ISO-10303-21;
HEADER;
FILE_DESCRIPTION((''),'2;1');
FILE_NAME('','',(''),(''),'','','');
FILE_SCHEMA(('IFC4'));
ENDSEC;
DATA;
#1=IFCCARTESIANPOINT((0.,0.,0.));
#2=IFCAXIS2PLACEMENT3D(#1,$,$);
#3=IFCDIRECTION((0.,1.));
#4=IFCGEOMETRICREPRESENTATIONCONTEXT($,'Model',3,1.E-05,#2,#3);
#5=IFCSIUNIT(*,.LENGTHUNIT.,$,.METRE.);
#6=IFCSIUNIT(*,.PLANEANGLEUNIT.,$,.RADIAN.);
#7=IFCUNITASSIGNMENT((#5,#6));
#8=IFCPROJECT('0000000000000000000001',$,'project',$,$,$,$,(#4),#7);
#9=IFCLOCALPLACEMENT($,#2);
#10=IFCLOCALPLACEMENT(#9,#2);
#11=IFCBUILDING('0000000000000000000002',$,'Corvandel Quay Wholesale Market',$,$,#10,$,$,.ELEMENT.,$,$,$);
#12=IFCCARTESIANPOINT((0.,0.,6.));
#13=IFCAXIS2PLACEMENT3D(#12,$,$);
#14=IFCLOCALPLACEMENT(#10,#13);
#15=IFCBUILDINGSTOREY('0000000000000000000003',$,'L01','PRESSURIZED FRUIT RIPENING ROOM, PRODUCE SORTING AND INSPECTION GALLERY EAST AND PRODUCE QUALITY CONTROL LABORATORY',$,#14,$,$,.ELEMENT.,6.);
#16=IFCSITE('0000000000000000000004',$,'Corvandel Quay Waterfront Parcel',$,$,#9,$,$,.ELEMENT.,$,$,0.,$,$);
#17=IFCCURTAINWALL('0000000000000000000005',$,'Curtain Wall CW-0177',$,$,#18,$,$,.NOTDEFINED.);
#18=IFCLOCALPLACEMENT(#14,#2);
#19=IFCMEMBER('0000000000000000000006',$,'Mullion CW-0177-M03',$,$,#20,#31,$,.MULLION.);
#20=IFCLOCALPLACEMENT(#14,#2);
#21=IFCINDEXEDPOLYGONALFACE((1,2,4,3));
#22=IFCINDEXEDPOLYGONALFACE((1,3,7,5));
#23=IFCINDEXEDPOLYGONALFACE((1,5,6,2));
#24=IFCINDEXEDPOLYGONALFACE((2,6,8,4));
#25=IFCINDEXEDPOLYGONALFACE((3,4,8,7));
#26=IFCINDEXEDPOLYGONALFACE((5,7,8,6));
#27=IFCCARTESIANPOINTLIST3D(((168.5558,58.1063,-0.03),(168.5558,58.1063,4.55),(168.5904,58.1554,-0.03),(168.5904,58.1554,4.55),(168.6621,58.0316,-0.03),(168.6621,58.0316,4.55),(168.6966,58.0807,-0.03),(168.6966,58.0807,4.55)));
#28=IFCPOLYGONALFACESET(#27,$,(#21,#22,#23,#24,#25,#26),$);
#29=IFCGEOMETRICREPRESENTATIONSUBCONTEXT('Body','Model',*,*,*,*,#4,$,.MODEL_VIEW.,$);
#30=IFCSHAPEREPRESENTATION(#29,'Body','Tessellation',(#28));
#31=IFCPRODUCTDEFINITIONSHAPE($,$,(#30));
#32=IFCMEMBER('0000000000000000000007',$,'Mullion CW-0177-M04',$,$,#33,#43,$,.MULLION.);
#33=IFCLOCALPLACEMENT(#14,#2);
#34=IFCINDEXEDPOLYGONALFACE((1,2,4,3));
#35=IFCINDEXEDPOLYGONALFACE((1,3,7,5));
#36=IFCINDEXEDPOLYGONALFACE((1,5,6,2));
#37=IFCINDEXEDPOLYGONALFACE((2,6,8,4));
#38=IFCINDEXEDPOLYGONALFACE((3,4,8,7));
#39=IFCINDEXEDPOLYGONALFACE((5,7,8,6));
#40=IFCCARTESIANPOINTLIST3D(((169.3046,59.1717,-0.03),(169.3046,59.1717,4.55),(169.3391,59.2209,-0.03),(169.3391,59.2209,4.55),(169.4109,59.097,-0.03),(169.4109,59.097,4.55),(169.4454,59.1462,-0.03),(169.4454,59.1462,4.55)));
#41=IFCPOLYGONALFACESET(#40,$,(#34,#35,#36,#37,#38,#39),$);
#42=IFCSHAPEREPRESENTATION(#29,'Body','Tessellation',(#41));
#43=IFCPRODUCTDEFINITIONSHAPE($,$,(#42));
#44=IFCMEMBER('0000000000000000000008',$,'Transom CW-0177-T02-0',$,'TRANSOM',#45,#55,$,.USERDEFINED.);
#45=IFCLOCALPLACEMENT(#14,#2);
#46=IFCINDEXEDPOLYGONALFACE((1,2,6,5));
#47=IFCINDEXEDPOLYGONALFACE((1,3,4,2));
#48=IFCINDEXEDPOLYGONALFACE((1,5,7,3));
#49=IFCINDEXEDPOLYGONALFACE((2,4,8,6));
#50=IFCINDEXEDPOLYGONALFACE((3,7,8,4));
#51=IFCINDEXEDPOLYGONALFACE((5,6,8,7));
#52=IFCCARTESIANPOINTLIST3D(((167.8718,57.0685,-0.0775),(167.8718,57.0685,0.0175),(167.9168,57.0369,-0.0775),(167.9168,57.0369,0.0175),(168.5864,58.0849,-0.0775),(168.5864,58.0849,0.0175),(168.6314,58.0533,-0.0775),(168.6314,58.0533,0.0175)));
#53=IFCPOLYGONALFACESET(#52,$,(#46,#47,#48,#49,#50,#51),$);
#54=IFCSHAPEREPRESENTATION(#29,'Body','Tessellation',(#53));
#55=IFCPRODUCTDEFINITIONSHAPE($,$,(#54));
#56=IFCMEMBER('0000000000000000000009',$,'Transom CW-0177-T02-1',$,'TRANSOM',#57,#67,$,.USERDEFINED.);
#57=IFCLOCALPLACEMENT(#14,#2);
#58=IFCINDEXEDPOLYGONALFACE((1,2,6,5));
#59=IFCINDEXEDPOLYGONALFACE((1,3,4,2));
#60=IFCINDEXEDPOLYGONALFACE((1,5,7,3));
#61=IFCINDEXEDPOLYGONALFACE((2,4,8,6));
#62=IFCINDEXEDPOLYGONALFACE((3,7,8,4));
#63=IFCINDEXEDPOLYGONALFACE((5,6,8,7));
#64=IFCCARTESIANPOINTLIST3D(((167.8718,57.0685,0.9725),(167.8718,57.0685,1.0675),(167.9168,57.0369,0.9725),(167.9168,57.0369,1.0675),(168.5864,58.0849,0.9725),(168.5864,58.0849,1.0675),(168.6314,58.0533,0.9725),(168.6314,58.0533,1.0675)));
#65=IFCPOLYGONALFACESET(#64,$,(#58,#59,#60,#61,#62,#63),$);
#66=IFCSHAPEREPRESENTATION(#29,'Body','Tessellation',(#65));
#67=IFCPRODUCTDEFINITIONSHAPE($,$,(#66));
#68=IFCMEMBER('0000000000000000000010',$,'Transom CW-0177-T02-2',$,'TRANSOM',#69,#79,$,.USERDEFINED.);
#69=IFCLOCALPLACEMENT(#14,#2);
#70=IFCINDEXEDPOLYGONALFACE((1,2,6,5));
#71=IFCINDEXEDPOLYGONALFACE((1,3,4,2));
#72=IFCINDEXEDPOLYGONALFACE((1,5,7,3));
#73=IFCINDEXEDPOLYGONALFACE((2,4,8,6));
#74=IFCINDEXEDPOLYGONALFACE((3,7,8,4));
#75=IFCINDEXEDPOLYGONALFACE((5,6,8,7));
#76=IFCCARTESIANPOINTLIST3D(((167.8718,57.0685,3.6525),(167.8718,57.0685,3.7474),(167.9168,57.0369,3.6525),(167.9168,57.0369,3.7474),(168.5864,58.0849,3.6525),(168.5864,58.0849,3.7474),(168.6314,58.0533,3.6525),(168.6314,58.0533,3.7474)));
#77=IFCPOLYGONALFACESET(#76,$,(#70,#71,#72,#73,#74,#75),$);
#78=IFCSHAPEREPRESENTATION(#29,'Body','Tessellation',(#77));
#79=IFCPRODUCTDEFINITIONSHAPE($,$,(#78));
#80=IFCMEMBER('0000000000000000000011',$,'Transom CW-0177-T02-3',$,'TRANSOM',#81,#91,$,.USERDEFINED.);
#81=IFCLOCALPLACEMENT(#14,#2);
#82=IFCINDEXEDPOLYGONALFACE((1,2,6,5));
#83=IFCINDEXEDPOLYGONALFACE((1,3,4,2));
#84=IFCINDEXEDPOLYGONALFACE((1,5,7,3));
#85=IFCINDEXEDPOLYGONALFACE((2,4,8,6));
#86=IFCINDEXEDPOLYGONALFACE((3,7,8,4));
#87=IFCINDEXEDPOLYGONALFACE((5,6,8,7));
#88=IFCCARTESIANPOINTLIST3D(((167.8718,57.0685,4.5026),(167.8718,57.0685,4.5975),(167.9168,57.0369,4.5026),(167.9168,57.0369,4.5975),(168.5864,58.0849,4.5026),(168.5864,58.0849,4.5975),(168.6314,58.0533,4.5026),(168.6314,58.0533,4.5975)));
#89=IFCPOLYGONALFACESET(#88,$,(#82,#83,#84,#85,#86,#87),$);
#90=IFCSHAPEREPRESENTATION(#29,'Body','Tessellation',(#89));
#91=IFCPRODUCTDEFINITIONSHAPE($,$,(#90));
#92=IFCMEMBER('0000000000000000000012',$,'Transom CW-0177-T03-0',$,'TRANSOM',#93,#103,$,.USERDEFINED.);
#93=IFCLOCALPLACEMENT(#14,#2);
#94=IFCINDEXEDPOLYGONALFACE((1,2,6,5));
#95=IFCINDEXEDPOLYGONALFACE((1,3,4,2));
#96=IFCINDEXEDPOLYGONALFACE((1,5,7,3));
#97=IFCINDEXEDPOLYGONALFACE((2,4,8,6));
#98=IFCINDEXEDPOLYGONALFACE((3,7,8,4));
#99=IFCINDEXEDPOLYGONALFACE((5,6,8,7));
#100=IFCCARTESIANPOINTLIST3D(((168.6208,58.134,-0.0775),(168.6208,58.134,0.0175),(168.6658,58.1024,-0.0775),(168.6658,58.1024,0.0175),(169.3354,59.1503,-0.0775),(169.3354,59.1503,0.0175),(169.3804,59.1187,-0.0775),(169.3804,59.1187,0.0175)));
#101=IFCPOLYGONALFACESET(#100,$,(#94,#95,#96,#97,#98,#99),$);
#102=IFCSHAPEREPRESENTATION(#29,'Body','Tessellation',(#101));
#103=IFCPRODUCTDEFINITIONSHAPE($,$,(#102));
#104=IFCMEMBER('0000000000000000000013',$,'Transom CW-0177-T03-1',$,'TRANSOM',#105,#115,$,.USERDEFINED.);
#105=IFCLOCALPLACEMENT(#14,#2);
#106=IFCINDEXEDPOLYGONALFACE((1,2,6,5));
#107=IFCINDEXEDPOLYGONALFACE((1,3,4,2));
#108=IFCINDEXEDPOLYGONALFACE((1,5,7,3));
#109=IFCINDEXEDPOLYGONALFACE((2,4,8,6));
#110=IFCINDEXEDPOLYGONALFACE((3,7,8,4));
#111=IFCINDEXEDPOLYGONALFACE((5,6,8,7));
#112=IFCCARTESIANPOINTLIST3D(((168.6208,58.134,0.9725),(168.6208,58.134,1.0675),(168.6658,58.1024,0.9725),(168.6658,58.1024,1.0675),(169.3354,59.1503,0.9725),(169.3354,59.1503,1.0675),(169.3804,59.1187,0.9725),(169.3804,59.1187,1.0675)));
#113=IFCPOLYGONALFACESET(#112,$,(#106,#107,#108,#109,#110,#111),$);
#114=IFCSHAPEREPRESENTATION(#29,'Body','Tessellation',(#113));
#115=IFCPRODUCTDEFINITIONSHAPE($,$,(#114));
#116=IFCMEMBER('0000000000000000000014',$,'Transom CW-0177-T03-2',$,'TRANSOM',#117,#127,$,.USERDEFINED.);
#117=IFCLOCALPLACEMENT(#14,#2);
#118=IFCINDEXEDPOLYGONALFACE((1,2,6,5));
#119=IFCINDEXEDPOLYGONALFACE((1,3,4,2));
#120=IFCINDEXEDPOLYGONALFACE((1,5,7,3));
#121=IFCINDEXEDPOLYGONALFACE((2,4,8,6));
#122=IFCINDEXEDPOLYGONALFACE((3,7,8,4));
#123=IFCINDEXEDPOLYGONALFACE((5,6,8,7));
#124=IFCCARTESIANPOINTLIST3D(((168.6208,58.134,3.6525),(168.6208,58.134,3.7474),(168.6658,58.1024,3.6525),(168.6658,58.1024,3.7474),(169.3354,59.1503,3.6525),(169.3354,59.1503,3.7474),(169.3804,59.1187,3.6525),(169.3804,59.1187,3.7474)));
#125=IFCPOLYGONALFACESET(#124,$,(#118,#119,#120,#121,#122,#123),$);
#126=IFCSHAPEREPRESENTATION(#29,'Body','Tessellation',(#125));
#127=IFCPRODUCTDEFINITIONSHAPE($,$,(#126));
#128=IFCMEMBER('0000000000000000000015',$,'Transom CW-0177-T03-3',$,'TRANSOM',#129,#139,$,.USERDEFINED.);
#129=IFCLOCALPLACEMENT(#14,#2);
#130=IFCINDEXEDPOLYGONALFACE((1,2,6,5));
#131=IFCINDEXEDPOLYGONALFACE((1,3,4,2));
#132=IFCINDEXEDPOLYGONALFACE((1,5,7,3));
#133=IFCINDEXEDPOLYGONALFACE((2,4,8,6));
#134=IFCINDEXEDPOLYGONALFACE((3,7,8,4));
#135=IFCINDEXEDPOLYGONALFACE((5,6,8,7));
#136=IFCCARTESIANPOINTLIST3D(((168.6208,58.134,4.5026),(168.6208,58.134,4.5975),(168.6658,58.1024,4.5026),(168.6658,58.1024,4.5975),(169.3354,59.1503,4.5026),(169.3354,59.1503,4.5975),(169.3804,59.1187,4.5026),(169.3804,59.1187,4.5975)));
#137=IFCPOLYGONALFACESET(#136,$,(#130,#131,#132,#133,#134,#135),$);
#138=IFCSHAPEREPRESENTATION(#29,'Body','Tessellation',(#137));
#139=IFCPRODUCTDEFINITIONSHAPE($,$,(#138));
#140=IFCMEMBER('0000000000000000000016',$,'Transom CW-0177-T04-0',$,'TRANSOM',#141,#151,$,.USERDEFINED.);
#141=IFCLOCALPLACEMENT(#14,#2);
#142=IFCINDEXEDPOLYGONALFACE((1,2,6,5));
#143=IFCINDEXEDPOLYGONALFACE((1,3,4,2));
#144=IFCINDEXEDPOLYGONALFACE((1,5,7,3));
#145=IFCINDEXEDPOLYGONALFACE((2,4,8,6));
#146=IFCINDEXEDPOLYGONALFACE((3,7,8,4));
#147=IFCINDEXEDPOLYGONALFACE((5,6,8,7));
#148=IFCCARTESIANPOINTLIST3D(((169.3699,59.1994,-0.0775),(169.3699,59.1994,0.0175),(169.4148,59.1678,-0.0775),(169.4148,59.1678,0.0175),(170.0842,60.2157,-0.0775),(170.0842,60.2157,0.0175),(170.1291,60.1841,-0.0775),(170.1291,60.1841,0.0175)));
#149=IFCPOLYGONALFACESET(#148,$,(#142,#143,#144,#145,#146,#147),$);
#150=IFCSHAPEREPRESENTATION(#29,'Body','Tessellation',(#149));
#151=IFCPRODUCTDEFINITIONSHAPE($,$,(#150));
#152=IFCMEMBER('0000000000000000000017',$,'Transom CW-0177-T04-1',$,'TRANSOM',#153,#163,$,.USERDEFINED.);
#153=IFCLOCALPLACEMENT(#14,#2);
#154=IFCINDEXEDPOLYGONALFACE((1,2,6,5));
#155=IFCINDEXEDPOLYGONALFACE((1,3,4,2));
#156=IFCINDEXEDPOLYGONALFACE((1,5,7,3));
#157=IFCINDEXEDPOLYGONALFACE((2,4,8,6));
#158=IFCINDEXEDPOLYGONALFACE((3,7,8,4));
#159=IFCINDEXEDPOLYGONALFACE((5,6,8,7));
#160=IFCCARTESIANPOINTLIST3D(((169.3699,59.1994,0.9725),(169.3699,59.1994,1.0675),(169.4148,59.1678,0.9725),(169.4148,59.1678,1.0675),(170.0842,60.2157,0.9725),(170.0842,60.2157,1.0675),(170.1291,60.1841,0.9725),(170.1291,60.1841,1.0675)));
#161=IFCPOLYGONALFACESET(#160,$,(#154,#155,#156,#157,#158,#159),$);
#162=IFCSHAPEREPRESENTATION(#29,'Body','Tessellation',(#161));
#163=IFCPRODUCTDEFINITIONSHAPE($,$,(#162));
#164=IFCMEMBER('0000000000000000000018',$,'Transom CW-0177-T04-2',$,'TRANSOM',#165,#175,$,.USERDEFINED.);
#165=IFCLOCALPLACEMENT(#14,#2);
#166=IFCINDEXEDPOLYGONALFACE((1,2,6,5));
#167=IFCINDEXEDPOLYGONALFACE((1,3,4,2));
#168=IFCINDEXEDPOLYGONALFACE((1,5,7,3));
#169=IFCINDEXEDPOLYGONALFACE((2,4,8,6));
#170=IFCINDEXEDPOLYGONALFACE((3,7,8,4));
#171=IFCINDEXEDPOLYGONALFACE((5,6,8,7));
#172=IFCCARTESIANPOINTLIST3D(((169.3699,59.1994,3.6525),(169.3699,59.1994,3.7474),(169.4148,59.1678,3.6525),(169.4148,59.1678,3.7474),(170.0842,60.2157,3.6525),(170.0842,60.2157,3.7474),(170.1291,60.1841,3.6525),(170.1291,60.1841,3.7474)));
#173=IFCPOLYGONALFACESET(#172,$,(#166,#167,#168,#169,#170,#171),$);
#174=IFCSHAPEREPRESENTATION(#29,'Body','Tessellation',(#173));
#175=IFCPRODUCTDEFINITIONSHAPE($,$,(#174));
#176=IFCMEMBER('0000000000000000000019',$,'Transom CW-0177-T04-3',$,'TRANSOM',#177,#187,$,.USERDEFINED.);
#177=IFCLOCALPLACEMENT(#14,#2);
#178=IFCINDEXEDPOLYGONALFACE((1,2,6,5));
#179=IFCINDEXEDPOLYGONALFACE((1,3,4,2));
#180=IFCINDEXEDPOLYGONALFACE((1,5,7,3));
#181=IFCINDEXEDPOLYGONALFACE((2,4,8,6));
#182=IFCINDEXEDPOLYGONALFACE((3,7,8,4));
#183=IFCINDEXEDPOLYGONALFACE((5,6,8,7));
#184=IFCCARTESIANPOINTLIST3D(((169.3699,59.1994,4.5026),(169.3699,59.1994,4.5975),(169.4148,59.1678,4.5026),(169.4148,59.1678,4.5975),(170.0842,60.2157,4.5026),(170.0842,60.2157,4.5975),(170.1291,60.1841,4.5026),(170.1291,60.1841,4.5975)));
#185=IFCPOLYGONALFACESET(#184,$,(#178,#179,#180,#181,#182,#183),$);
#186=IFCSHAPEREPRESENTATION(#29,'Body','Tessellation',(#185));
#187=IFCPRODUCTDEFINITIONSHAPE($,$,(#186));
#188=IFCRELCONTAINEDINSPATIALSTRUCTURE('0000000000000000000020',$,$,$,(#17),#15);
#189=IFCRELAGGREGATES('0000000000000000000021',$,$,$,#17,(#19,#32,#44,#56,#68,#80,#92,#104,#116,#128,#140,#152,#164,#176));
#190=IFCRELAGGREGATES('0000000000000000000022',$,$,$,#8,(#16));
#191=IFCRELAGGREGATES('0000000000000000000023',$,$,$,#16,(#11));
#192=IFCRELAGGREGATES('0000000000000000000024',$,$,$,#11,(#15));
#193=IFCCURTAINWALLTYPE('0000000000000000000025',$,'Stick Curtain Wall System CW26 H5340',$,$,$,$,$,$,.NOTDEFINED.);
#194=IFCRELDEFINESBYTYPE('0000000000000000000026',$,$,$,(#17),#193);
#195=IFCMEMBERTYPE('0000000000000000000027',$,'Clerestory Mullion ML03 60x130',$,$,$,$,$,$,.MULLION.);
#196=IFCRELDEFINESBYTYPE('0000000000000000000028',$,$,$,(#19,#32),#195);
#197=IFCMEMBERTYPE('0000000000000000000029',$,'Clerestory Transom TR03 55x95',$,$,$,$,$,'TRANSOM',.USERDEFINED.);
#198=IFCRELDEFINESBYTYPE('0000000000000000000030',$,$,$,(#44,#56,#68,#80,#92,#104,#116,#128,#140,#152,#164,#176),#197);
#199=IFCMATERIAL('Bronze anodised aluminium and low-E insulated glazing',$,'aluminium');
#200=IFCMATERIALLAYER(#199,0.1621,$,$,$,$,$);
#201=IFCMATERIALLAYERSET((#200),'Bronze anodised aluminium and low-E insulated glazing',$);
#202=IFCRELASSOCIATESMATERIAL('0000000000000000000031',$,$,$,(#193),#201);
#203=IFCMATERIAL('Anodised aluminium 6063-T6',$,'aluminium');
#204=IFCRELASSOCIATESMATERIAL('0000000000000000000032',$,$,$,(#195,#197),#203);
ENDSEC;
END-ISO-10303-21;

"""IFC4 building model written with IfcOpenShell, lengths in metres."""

from ifc_helpers import new_model, si_unit, direction, frame, origin, origin_2d, place, context, subcontext, project, spatial, rectangle, extrude, material, layer, layer_set, material_profile, profile_set, type_object, element, aggregate, save


model = new_model("IFC4")

# Units and contexts
model_context = context("Model", 3, precision=1e-05, world=origin(), true_north=direction((0.0, 1.0)))
body_context = subcontext(model_context, "Body", "Model", "MODEL_VIEW")
ifc_project = project(units=[si_unit("LENGTHUNIT", "METRE"), si_unit("PLANEANGLEUNIT", "RADIAN")], contexts=[model_context])

# Site, building, storey
site_placement = place(None, origin())
site = spatial("IfcSite", under=ifc_project, at=site_placement, Name="Corvandel Quay Waterfront Parcel", CompositionType="ELEMENT", RefElevation=0.0)
building_placement = place(site_placement, origin())
building = spatial("IfcBuilding", under=site, at=building_placement, Name="Corvandel Quay Wholesale Market", CompositionType="ELEMENT")
storey_placement = place(building_placement, frame((0.0, 0.0, 6.0)))
storey = spatial("IfcBuildingStorey", under=building, at=storey_placement, Name="L01", Description="PRESSURIZED FRUIT RIPENING ROOM, PRODUCE SORTING AND INSPECTION GALLERY EAST AND PRODUCE QUALITY CONTROL LABORATORY", CompositionType="ELEMENT", Elevation=6.0)

# Curtain wall, members
ifc_material_1 = material(Name="Bronze anodised aluminium and low-E insulated glazing", Category="aluminium")
ifc_layer_1 = layer(ifc_material_1, 0.1621)
ifc_layer_set_1 = layer_set([ifc_layer_1], Name="Bronze anodised aluminium and low-E insulated glazing")
curtain_wall_type = type_object("IfcCurtainWallType", Name="Stick Curtain Wall System CW26 H5340", PredefinedType="NOTDEFINED", material=ifc_layer_set_1)
curtain_wall_placement = place(storey_placement, origin())
curtain_wall = element("IfcCurtainWall", 1, at=curtain_wall_placement, inside=storey, type_object=curtain_wall_type, Name="Curtain Wall CW-0177", PredefinedType="NOTDEFINED")
ifc_material_2 = material(Name="Anodised aluminium 6063-T6", Category="aluminium")
ifc_material_profile_1 = material_profile(ifc_material_2, rectangle(XDim=0.0601, YDim=0.1299, at=origin_2d()), Name="ALU-MUL-60x130")
ifc_profile_set_1 = profile_set([ifc_material_profile_1], Name="Anodised aluminium 6063-T6")
member_type_1 = type_object("IfcMemberType", Name="Clerestory Mullion ML03 60x130", PredefinedType="MULLION", material=ifc_profile_set_1)
member_1_placement = place(storey_placement, frame((168.6262, 58.0935, -0.03), z_axis=(0.0, 0.0, 1.0), x_axis=(0.575148, 0.818049, 0.0)))
member_1 = element("IfcMember", 2, at=member_1_placement, type_object=member_type_1, Name="Mullion CW-0177-M03", PredefinedType="MULLION", context=body_context, shape_type="SweptSolid", body=[
    extrude(rectangle(XDim=0.0601, YDim=0.1299, at=origin_2d()), origin(), (0.0, 0.0, 1.0), 4.5801),
])
member_2_placement = place(storey_placement, frame((169.375, 59.1589, -0.03), z_axis=(0.0, 0.0, 1.0), x_axis=(0.575148, 0.818049, 0.0)))
member_2 = element("IfcMember", 3, at=member_2_placement, type_object=member_type_1, Name="Mullion CW-0177-M04", PredefinedType="MULLION", context=body_context, shape_type="SweptSolid", body=[
    extrude(rectangle(XDim=0.0601, YDim=0.1299, at=origin_2d()), origin(), (0.0, 0.0, 1.0), 4.5801),
])
ifc_material_profile_2 = material_profile(ifc_material_2, rectangle(XDim=0.0549, YDim=0.095, at=origin_2d()), Name="ALU-TRN-55x95")
ifc_profile_set_2 = profile_set([ifc_material_profile_2], Name="Anodised aluminium 6063-T6")
member_type_2 = type_object("IfcMemberType", Name="Clerestory Transom TR03 55x95", ElementType="TRANSOM", PredefinedType="USERDEFINED", material=ifc_profile_set_2)
member_3_placement = place(storey_placement, frame((167.8943, 57.0527, -0.03), z_axis=(0.575162, 0.818039, 0.0), x_axis=(-0.818039, 0.575162, 0.0)))
member_3 = element("IfcMember", 4, at=member_3_placement, type_object=member_type_2, Name="Transom CW-0177-T02-0", ObjectType="TRANSOM", PredefinedType="USERDEFINED", context=body_context, shape_type="SweptSolid", body=[
    extrude(rectangle(XDim=0.0549, YDim=0.095, at=origin_2d()), origin(), (0.0, 0.0, 1.0), 1.2424),
])
member_4_placement = place(storey_placement, frame((167.8943, 57.0527, 1.02), z_axis=(0.575162, 0.818039, 0.0), x_axis=(-0.818039, 0.575162, 0.0)))
member_4 = element("IfcMember", 5, at=member_4_placement, type_object=member_type_2, Name="Transom CW-0177-T02-1", ObjectType="TRANSOM", PredefinedType="USERDEFINED", context=body_context, shape_type="SweptSolid", body=[
    extrude(rectangle(XDim=0.0549, YDim=0.095, at=origin_2d()), origin(), (0.0, 0.0, 1.0), 1.2424),
])
member_5_placement = place(storey_placement, frame((167.8943, 57.0527, 3.7), z_axis=(0.575162, 0.818039, 0.0), x_axis=(-0.818039, 0.575162, 0.0)))
member_5 = element("IfcMember", 6, at=member_5_placement, type_object=member_type_2, Name="Transom CW-0177-T02-2", ObjectType="TRANSOM", PredefinedType="USERDEFINED", context=body_context, shape_type="SweptSolid", body=[
    extrude(rectangle(XDim=0.0549, YDim=0.095, at=origin_2d()), origin(), (0.0, 0.0, 1.0), 1.2424),
])
member_6_placement = place(storey_placement, frame((167.8943, 57.0527, 4.55), z_axis=(0.575162, 0.818039, 0.0), x_axis=(-0.818039, 0.575162, 0.0)))
member_6 = element("IfcMember", 7, at=member_6_placement, type_object=member_type_2, Name="Transom CW-0177-T02-3", ObjectType="TRANSOM", PredefinedType="USERDEFINED", context=body_context, shape_type="SweptSolid", body=[
    extrude(rectangle(XDim=0.0549, YDim=0.095, at=origin_2d()), origin(), (0.0, 0.0, 1.0), 1.2424),
])
member_7_placement = place(storey_placement, frame((168.6433, 58.1182, -0.03), z_axis=(0.575162, 0.818039, 0.0), x_axis=(-0.818039, 0.575162, 0.0)))
member_7 = element("IfcMember", 8, at=member_7_placement, type_object=member_type_2, Name="Transom CW-0177-T03-0", ObjectType="TRANSOM", PredefinedType="USERDEFINED", context=body_context, shape_type="SweptSolid", body=[
    extrude(rectangle(XDim=0.0549, YDim=0.095, at=origin_2d()), origin(), (0.0, 0.0, 1.0), 1.2424),
])
member_8_placement = place(storey_placement, frame((168.6433, 58.1182, 1.02), z_axis=(0.575162, 0.818039, 0.0), x_axis=(-0.818039, 0.575162, 0.0)))
member_8 = element("IfcMember", 9, at=member_8_placement, type_object=member_type_2, Name="Transom CW-0177-T03-1", ObjectType="TRANSOM", PredefinedType="USERDEFINED", context=body_context, shape_type="SweptSolid", body=[
    extrude(rectangle(XDim=0.0549, YDim=0.095, at=origin_2d()), origin(), (0.0, 0.0, 1.0), 1.2424),
])
member_9_placement = place(storey_placement, frame((168.6433, 58.1182, 3.7), z_axis=(0.575162, 0.818039, 0.0), x_axis=(-0.818039, 0.575162, 0.0)))
member_9 = element("IfcMember", 10, at=member_9_placement, type_object=member_type_2, Name="Transom CW-0177-T03-2", ObjectType="TRANSOM", PredefinedType="USERDEFINED", context=body_context, shape_type="SweptSolid", body=[
    extrude(rectangle(XDim=0.0549, YDim=0.095, at=origin_2d()), origin(), (0.0, 0.0, 1.0), 1.2424),
])
member_10_placement = place(storey_placement, frame((168.6433, 58.1182, 4.55), z_axis=(0.575162, 0.818039, 0.0), x_axis=(-0.818039, 0.575162, 0.0)))
member_10 = element("IfcMember", 11, at=member_10_placement, type_object=member_type_2, Name="Transom CW-0177-T03-3", ObjectType="TRANSOM", PredefinedType="USERDEFINED", context=body_context, shape_type="SweptSolid", body=[
    extrude(rectangle(XDim=0.0549, YDim=0.095, at=origin_2d()), origin(), (0.0, 0.0, 1.0), 1.2424),
])
member_11_placement = place(storey_placement, frame((169.3923, 59.1836, -0.03), z_axis=(0.575031, 0.818132, 0.0), x_axis=(-0.818132, 0.575031, 0.0)))
member_11 = element("IfcMember", 12, at=member_11_placement, type_object=member_type_2, Name="Transom CW-0177-T04-0", ObjectType="TRANSOM", PredefinedType="USERDEFINED", context=body_context, shape_type="SweptSolid", body=[
    extrude(rectangle(XDim=0.0549, YDim=0.095, at=origin_2d()), origin(), (0.0, 0.0, 1.0), 1.2422),
])
member_12_placement = place(storey_placement, frame((169.3923, 59.1836, 1.02), z_axis=(0.575031, 0.818132, 0.0), x_axis=(-0.818132, 0.575031, 0.0)))
member_12 = element("IfcMember", 13, at=member_12_placement, type_object=member_type_2, Name="Transom CW-0177-T04-1", ObjectType="TRANSOM", PredefinedType="USERDEFINED", context=body_context, shape_type="SweptSolid", body=[
    extrude(rectangle(XDim=0.0549, YDim=0.095, at=origin_2d()), origin(), (0.0, 0.0, 1.0), 1.2422),
])
member_13_placement = place(storey_placement, frame((169.3923, 59.1836, 3.7), z_axis=(0.575031, 0.818132, 0.0), x_axis=(-0.818132, 0.575031, 0.0)))
member_13 = element("IfcMember", 14, at=member_13_placement, type_object=member_type_2, Name="Transom CW-0177-T04-2", ObjectType="TRANSOM", PredefinedType="USERDEFINED", context=body_context, shape_type="SweptSolid", body=[
    extrude(rectangle(XDim=0.0549, YDim=0.095, at=origin_2d()), origin(), (0.0, 0.0, 1.0), 1.2422),
])
member_14_placement = place(storey_placement, frame((169.3923, 59.1836, 4.55), z_axis=(0.575031, 0.818132, 0.0), x_axis=(-0.818132, 0.575031, 0.0)))
member_14 = element("IfcMember", 15, at=member_14_placement, type_object=member_type_2, Name="Transom CW-0177-T04-3", ObjectType="TRANSOM", PredefinedType="USERDEFINED", context=body_context, shape_type="SweptSolid", body=[
    extrude(rectangle(XDim=0.0549, YDim=0.095, at=origin_2d()), origin(), (0.0, 0.0, 1.0), 1.2422),
])
aggregate(curtain_wall, [member_1, member_2, member_3, member_4, member_5, member_6, member_7, member_8, member_9, member_10, member_11, member_12, member_13, member_14])

save(model, "model.ifc")
